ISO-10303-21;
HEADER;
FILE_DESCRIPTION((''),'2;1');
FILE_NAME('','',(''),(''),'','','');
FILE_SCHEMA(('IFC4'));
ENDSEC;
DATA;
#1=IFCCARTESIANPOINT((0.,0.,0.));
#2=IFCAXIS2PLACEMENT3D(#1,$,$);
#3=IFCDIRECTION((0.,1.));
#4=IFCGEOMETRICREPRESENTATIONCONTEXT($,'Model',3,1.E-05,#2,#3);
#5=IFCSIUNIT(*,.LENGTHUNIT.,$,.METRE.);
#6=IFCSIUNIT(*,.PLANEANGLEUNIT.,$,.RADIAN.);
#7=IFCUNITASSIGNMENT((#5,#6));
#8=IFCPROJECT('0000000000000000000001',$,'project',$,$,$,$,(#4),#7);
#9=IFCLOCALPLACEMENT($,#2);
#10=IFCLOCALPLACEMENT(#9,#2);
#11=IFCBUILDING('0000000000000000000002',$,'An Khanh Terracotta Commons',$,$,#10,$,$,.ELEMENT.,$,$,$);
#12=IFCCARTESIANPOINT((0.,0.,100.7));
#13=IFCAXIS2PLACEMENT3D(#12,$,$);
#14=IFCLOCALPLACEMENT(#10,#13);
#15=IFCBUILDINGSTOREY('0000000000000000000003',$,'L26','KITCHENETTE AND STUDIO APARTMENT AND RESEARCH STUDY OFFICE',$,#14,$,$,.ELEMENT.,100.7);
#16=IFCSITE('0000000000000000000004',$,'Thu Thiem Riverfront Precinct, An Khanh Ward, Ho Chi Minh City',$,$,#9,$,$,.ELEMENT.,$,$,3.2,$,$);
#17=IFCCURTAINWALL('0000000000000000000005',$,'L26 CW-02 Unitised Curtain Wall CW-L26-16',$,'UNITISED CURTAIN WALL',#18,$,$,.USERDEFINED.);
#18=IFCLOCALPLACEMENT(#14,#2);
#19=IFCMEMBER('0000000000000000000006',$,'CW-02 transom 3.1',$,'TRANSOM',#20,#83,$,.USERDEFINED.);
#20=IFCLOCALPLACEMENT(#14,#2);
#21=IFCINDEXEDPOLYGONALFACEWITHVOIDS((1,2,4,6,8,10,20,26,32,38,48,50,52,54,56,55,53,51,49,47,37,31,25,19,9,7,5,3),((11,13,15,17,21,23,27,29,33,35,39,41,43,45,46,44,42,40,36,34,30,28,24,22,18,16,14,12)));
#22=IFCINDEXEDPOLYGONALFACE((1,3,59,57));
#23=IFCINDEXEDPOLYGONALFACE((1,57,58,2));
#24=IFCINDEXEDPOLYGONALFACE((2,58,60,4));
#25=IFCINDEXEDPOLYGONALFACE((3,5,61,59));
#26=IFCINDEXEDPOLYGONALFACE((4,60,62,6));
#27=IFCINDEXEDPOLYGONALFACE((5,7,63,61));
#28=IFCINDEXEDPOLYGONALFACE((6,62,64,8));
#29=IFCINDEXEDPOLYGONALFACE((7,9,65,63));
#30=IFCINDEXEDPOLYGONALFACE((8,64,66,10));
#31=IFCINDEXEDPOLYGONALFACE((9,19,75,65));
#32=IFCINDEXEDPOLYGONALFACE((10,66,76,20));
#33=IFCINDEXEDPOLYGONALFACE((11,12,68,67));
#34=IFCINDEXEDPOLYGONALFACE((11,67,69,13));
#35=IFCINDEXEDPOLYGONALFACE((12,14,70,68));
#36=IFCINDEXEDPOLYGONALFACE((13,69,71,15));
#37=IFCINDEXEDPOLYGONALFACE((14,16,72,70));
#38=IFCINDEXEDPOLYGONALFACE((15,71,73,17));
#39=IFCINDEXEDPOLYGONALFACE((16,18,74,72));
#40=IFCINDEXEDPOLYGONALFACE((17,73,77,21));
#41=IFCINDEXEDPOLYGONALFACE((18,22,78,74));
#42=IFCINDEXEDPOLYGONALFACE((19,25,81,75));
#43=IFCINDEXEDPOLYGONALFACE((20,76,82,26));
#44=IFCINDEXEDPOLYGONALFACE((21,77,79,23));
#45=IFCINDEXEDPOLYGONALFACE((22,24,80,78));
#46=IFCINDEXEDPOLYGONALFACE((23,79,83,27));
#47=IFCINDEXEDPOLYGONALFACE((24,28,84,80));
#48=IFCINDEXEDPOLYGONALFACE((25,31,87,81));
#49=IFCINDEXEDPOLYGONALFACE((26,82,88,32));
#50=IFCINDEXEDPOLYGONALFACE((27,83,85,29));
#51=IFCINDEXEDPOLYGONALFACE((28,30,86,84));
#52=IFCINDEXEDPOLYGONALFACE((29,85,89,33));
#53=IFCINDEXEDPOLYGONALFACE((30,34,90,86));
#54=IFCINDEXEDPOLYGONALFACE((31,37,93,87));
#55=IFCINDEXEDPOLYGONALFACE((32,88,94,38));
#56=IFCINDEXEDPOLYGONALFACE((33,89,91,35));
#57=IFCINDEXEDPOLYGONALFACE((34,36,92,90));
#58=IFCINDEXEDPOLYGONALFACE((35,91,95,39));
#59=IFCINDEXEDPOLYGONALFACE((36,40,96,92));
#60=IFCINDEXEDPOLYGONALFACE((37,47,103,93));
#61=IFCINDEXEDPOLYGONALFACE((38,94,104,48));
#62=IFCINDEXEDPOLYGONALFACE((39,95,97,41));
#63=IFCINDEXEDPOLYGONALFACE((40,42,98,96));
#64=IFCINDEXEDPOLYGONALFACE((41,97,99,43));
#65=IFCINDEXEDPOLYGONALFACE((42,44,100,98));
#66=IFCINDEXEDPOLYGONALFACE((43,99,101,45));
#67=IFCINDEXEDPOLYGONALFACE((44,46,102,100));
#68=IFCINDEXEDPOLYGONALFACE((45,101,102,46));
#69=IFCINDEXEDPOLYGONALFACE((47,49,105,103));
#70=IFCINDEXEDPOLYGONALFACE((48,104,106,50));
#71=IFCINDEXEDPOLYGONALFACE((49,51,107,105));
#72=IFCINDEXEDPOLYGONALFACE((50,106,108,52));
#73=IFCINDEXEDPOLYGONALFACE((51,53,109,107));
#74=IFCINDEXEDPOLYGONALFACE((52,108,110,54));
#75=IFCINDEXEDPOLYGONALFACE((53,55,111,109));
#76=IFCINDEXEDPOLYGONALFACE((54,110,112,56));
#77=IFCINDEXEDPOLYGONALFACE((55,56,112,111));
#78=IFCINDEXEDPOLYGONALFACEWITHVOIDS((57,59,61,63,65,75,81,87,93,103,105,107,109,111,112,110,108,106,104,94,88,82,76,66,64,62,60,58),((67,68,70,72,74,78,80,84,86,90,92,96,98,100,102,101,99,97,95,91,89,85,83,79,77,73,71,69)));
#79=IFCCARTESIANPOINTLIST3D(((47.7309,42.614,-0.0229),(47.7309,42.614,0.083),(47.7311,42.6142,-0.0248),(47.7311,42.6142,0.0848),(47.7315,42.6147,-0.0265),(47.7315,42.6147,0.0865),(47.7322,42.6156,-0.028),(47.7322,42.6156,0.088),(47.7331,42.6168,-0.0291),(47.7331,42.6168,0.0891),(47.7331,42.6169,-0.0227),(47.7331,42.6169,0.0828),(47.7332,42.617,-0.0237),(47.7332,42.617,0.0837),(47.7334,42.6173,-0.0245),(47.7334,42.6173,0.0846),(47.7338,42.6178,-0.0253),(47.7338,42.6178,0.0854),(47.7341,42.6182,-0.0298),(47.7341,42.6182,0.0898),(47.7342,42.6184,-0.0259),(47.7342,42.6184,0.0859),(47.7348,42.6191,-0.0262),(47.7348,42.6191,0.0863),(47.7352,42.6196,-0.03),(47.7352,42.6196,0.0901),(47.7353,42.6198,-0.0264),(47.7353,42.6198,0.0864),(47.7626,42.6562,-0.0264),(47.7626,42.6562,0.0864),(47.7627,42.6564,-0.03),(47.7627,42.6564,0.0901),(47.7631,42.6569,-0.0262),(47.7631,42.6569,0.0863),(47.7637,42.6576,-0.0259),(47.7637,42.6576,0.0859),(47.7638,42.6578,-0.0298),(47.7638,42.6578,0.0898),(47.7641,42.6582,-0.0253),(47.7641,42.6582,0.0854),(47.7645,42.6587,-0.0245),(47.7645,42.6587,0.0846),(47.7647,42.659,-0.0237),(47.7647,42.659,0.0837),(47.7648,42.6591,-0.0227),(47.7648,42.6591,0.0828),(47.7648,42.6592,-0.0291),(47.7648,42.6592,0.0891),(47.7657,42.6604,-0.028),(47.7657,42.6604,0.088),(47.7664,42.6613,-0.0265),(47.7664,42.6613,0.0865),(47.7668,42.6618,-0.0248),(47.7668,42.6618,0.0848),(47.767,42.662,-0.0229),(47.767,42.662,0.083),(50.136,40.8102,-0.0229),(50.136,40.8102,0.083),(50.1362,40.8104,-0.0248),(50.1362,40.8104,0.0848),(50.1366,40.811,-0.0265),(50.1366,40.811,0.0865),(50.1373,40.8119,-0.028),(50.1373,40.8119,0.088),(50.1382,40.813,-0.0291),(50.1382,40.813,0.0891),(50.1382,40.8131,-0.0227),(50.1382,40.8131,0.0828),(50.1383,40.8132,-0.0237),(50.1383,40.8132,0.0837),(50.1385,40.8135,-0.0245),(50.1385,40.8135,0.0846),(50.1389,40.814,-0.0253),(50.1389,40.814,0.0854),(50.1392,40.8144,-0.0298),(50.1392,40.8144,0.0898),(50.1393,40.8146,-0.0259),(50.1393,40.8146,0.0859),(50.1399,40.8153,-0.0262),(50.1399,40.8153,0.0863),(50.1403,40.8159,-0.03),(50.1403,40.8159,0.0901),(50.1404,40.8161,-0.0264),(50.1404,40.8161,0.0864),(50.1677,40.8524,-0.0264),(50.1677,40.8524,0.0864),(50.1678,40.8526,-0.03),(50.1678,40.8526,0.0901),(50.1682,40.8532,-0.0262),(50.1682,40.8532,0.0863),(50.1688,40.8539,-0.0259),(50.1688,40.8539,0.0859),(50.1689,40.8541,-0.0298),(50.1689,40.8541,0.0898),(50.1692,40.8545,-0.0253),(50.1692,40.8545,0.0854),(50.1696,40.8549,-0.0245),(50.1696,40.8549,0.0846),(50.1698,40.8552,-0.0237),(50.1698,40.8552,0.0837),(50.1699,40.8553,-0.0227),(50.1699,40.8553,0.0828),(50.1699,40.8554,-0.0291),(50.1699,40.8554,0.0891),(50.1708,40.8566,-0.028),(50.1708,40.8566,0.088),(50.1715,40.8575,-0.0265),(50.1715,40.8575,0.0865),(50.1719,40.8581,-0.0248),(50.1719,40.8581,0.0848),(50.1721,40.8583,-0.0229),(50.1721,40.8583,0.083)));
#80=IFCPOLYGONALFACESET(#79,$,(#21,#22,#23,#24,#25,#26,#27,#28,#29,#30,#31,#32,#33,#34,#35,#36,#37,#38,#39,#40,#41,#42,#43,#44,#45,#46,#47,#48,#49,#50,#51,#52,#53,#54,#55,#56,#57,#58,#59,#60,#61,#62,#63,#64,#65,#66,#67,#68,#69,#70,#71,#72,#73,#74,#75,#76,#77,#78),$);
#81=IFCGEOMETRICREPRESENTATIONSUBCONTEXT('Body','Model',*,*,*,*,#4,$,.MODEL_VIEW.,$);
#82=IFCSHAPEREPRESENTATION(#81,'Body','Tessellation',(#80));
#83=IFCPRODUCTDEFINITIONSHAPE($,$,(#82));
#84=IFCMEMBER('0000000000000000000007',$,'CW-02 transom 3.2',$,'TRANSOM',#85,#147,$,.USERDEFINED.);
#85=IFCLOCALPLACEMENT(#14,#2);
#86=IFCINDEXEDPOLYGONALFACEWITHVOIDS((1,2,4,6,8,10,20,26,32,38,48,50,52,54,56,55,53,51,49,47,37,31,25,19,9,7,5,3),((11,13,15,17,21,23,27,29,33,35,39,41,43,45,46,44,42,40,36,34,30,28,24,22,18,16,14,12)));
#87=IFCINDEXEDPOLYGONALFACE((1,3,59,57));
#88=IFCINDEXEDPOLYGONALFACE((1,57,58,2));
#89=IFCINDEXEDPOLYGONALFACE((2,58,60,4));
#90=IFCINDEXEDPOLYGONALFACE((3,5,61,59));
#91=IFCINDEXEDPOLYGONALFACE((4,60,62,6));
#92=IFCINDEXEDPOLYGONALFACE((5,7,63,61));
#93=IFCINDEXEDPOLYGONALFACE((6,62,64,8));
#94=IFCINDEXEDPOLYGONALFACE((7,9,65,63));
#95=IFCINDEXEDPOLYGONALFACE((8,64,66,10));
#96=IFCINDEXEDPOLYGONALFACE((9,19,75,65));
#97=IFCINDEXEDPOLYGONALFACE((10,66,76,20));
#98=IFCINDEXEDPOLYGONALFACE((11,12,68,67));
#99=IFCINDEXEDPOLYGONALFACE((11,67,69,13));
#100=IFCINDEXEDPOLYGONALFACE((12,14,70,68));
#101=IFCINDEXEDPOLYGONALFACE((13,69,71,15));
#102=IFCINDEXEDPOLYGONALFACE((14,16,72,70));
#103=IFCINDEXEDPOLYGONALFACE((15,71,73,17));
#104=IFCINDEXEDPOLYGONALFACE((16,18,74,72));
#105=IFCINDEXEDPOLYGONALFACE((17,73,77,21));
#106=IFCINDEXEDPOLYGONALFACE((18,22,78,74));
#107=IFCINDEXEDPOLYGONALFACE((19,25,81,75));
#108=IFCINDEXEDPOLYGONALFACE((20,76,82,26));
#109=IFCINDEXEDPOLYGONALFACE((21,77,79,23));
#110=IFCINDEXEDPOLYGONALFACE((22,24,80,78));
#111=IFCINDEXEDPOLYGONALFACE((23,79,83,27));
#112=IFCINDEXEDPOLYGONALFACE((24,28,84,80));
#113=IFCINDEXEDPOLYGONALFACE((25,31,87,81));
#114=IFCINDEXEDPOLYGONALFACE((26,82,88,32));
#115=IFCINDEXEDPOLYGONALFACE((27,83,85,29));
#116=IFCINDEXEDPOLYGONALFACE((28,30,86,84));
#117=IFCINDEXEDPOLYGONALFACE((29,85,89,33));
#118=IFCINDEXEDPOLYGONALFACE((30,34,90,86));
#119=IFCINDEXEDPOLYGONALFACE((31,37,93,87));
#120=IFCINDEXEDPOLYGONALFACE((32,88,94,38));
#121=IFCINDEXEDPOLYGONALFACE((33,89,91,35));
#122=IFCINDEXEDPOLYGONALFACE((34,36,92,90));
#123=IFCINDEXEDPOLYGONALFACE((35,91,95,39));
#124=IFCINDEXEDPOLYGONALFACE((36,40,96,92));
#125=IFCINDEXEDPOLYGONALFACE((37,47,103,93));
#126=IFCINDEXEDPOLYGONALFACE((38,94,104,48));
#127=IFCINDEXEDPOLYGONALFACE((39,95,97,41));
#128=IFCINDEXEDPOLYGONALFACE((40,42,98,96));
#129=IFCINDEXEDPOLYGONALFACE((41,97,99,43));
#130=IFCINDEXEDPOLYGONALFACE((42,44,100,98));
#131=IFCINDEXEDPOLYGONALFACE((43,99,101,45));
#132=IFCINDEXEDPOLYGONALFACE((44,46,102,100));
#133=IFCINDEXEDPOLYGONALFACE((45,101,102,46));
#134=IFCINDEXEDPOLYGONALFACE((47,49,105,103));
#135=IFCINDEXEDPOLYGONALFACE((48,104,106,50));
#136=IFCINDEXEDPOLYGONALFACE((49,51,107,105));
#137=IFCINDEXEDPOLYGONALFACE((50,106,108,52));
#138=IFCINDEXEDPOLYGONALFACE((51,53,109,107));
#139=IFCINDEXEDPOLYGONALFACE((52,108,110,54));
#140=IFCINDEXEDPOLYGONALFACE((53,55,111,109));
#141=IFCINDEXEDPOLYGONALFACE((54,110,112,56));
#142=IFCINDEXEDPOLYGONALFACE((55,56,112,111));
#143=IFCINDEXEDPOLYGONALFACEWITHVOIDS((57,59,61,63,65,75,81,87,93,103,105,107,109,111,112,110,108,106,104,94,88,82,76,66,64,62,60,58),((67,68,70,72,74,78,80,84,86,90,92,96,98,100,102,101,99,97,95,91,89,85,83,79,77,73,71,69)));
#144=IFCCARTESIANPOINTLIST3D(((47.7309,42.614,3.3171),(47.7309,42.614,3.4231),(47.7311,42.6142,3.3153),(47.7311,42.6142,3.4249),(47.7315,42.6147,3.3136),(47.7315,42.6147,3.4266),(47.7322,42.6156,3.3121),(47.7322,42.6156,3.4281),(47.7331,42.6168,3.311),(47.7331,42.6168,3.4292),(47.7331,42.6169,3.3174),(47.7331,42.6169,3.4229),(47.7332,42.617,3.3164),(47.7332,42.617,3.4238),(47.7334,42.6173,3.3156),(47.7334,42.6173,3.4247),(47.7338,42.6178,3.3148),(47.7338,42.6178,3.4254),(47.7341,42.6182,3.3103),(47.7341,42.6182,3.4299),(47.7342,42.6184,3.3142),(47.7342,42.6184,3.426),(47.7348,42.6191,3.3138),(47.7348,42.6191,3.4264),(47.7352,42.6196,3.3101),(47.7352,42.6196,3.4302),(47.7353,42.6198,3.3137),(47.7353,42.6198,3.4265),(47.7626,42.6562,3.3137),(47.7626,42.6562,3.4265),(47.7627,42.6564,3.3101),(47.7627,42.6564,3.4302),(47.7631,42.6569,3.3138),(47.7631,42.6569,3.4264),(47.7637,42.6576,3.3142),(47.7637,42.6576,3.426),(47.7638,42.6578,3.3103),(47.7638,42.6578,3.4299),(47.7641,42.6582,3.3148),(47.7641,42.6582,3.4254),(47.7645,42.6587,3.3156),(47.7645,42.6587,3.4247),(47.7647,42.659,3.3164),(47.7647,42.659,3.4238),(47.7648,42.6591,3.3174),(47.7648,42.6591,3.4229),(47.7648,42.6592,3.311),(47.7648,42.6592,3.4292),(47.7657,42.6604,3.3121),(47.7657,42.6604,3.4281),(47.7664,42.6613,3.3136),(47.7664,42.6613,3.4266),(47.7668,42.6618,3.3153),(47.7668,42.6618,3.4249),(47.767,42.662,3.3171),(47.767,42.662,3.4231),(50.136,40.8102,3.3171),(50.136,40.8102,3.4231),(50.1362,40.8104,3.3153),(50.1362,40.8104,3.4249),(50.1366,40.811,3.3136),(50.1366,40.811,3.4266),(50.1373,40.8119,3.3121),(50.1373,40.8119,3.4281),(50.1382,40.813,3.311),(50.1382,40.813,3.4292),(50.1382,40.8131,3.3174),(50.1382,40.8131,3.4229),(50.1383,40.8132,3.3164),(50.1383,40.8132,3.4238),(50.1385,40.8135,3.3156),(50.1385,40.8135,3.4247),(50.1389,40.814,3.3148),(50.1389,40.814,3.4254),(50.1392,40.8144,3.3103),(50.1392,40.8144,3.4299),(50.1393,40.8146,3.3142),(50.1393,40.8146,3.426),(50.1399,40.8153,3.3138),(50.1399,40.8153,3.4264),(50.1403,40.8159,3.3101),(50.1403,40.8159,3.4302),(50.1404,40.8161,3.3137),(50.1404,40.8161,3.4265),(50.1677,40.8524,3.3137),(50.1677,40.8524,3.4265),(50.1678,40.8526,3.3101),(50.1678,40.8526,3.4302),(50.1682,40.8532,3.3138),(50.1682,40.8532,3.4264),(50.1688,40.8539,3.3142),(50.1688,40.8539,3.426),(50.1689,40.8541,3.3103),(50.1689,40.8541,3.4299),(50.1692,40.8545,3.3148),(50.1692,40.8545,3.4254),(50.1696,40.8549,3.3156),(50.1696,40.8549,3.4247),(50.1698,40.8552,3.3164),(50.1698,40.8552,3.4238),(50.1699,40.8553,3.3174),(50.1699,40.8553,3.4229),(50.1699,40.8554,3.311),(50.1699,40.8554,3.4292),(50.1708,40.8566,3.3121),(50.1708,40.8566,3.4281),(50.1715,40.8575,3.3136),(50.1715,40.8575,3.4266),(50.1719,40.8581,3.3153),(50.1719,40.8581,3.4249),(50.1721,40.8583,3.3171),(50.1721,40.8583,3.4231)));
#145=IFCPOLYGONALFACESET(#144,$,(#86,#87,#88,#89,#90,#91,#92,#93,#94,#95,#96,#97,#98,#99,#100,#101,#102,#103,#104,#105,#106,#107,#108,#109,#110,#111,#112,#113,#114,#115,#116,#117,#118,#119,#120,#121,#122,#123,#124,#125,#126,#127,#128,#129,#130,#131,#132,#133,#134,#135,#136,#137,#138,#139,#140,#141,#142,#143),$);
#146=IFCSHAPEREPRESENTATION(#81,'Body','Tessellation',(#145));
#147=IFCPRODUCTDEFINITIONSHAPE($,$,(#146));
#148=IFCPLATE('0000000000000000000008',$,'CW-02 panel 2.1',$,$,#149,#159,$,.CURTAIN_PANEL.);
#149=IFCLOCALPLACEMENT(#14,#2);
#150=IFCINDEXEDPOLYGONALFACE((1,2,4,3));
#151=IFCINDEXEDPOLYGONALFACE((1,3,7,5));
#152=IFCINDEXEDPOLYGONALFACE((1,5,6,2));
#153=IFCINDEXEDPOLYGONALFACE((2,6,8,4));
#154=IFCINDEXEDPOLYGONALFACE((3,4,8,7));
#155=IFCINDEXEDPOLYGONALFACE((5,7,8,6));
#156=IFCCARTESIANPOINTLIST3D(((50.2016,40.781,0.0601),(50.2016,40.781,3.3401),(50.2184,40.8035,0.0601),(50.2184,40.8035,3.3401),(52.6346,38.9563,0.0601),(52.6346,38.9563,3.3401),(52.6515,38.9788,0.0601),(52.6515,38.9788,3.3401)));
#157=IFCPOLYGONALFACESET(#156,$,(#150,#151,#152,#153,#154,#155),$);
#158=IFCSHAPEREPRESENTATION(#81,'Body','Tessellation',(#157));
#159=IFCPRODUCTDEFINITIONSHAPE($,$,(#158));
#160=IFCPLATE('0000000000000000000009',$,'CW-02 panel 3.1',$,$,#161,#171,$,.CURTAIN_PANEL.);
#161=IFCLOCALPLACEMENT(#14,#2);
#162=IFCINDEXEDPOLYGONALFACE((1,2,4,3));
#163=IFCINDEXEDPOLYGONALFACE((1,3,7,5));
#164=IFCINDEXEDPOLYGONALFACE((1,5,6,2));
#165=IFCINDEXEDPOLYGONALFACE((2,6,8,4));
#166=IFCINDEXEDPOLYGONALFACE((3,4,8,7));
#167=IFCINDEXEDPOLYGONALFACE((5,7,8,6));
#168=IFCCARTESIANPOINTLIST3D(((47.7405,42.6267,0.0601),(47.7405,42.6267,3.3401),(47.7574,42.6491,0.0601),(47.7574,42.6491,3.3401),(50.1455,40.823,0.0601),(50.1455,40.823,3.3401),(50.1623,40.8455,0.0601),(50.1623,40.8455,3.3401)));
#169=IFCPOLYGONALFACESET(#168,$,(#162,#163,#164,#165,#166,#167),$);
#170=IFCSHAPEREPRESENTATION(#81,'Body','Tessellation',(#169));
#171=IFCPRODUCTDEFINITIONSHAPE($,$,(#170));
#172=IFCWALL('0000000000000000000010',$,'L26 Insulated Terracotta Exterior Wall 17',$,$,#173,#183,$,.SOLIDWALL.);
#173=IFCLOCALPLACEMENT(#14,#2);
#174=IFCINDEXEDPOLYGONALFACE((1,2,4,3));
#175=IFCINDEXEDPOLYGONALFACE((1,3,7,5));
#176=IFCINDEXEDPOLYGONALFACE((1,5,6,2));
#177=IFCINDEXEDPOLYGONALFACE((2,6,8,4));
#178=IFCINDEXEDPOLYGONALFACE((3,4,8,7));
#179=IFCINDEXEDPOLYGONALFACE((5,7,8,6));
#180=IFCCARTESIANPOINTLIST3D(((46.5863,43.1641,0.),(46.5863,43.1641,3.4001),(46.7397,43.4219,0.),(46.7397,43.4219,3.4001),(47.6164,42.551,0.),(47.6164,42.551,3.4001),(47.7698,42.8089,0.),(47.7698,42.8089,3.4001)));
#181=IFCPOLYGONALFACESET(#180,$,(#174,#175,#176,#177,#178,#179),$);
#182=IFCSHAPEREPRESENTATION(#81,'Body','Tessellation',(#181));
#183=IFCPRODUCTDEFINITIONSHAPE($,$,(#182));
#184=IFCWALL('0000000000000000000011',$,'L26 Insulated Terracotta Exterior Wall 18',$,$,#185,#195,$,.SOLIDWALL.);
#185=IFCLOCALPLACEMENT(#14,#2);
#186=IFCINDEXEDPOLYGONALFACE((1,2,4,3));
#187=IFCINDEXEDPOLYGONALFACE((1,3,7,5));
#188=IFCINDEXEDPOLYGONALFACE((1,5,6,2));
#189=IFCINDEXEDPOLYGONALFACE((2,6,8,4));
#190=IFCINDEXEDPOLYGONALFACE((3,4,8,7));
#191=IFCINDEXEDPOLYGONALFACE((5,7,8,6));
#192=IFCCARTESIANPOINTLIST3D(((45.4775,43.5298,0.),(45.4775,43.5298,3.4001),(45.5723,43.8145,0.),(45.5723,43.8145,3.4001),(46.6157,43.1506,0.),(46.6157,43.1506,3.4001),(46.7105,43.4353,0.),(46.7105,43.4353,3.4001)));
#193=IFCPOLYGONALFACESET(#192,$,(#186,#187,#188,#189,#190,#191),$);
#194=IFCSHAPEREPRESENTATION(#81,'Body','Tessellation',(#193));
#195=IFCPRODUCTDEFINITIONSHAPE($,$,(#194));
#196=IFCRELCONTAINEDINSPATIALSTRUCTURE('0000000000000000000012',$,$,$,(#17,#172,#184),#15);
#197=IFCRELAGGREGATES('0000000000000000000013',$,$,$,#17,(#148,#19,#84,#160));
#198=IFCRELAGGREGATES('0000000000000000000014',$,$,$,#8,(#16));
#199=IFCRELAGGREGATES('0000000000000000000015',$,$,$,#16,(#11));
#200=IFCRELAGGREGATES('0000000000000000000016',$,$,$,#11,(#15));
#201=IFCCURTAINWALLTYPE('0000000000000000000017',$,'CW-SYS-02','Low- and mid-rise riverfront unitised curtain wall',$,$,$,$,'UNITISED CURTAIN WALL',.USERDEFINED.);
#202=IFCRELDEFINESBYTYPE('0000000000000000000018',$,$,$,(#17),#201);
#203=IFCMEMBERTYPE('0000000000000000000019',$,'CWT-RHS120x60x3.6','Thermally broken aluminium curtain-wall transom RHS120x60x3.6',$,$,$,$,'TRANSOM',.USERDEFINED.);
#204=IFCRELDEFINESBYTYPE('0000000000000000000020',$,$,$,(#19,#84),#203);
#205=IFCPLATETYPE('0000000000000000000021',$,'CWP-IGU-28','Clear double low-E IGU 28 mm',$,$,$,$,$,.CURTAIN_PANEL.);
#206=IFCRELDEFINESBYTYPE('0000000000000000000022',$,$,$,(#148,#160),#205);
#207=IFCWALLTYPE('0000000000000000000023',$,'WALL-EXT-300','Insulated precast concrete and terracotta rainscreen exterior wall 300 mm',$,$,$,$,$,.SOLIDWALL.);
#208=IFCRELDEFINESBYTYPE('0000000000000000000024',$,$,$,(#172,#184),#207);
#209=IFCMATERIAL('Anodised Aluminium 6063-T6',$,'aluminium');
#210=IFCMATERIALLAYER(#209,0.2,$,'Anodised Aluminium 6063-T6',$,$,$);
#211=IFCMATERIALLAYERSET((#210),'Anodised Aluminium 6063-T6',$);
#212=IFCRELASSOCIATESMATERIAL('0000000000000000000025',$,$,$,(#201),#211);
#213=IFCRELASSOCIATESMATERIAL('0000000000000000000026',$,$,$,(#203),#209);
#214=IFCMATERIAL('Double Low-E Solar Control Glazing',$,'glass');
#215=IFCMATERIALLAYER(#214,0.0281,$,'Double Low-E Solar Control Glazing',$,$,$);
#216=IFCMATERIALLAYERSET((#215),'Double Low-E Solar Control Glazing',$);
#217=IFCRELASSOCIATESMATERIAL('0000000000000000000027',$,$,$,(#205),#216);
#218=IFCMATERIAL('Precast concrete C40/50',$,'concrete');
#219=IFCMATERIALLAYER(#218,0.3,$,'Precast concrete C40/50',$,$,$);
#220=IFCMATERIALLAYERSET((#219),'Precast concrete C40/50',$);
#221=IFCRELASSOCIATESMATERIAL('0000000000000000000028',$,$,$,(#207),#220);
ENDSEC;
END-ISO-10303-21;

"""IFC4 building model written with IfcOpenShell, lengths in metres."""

from ifc_helpers import new_model, si_unit, direction, frame, frame_2d, origin, origin_2d, place, context, subcontext, project, spatial, rectangle, hollow_rectangle, extrude, material, layer, layer_set, material_profile, profile_set, type_object, element, aggregate, save


model = new_model("IFC4")

# Units and contexts
model_context = context("Model", 3, precision=1e-05, world=origin(), true_north=direction((0.0, 1.0)))
body_context = subcontext(model_context, "Body", "Model", "MODEL_VIEW")
ifc_project = project(units=[si_unit("LENGTHUNIT", "METRE"), si_unit("PLANEANGLEUNIT", "RADIAN")], contexts=[model_context])

# Site, building, storey
site_placement = place(None, origin())
site = spatial("IfcSite", under=ifc_project, at=site_placement, Name="Thu Thiem Riverfront Precinct, An Khanh Ward, Ho Chi Minh City", CompositionType="ELEMENT", RefElevation=3.2)
building_placement = place(site_placement, origin())
building = spatial("IfcBuilding", under=site, at=building_placement, Name="An Khanh Terracotta Commons", CompositionType="ELEMENT")
storey_placement = place(building_placement, frame((0.0, 0.0, 100.7)))
storey = spatial("IfcBuildingStorey", under=building, at=storey_placement, Name="L26", Description="KITCHENETTE AND STUDIO APARTMENT AND RESEARCH STUDY OFFICE", CompositionType="ELEMENT", Elevation=100.7)

# Curtain wall, members, plates
ifc_material_1 = material(Name="Anodised Aluminium 6063-T6", Category="aluminium")
ifc_layer_1 = layer(ifc_material_1, 0.2, Name="Anodised Aluminium 6063-T6")
ifc_layer_set_1 = layer_set([ifc_layer_1], Name="Anodised Aluminium 6063-T6")
curtain_wall_type = type_object("IfcCurtainWallType", Name="CW-SYS-02", Description="Low- and mid-rise riverfront unitised curtain wall", ElementType="UNITISED CURTAIN WALL", PredefinedType="USERDEFINED", material=ifc_layer_set_1)
curtain_wall_placement = place(storey_placement, origin())
curtain_wall = element("IfcCurtainWall", 1, at=curtain_wall_placement, inside=storey, type_object=curtain_wall_type, Name="L26 CW-02 Unitised Curtain Wall CW-L26-16", ObjectType="UNITISED CURTAIN WALL", PredefinedType="USERDEFINED")
ifc_material_profile_1 = material_profile(ifc_material_1, hollow_rectangle(XDim=0.0601, YDim=0.1201, WallThickness=0.0037, InnerFilletRadius=0.0037, OuterFilletRadius=0.0071, at=origin_2d()), Name="RHS120x60x3.6")
ifc_profile_set_1 = profile_set([ifc_material_profile_1], Name="Anodised Aluminium 6063-T6")
member_type_1 = type_object("IfcMemberType", Name="CWT-RHS120x60x3.6", Description="Thermally broken aluminium curtain-wall transom RHS120x60x3.6", ElementType="TRANSOM", PredefinedType="USERDEFINED", material=ifc_profile_set_1)
member_1_placement = place(storey_placement, frame((50.1541, 40.8342, 0.03), z_axis=(-0.80001, 0.599987, 0.0), x_axis=(-0.599987, -0.80001, 0.0)))
member_1 = element("IfcMember", 2, at=member_1_placement, type_object=member_type_1, Name="CW-02 transom 3.1", ObjectType="TRANSOM", PredefinedType="USERDEFINED", context=body_context, shape_type="SweptSolid", body=[
    extrude(hollow_rectangle(XDim=0.0601, YDim=0.1201, WallThickness=0.0037, InnerFilletRadius=0.0037, OuterFilletRadius=0.0071, at=origin_2d()), origin(), (0.0, 0.0, 1.0), 3.0063),
])
member_2_placement = place(storey_placement, frame((50.1541, 40.8342, 3.3701), z_axis=(-0.80001, 0.599987, 0.0), x_axis=(-0.599987, -0.80001, 0.0)))
member_2 = element("IfcMember", 3, at=member_2_placement, type_object=member_type_1, Name="CW-02 transom 3.2", ObjectType="TRANSOM", PredefinedType="USERDEFINED", context=body_context, shape_type="SweptSolid", body=[
    extrude(hollow_rectangle(XDim=0.0601, YDim=0.1201, WallThickness=0.0037, InnerFilletRadius=0.0037, OuterFilletRadius=0.0071, at=origin_2d()), origin(), (0.0, 0.0, 1.0), 3.0063),
])
ifc_material_2 = material(Name="Double Low-E Solar Control Glazing", Category="glass")
ifc_layer_2 = layer(ifc_material_2, 0.0281, Name="Double Low-E Solar Control Glazing")
ifc_layer_set_2 = layer_set([ifc_layer_2], Name="Double Low-E Solar Control Glazing")
plate_type = type_object("IfcPlateType", Name="CWP-IGU-28", Description="Clear double low-E IGU 28 mm", PredefinedType="CURTAIN_PANEL", material=ifc_layer_set_2)
plate_1_placement = place(storey_placement, frame((51.4265, 39.8799, 0.0601), z_axis=(0.0, 0.0, 1.0), x_axis=(-0.800013, 0.599983, 0.0)))
plate_1 = element("IfcPlate", 4, at=plate_1_placement, type_object=plate_type, Name="CW-02 panel 2.1", PredefinedType="CURTAIN_PANEL", context=body_context, shape_type="SweptSolid", body=[
    extrude(rectangle(XDim=3.0413, YDim=0.0281, at=origin_2d()), origin(), (0.0, 0.0, 1.0), 3.28),
])
plate_2_placement = place(storey_placement, frame((48.9514, 41.7361, 0.0601), z_axis=(0.0, 0.0, 1.0), x_axis=(-0.800013, 0.599983, 0.0)))
plate_2 = element("IfcPlate", 5, at=plate_2_placement, type_object=plate_type, Name="CW-02 panel 3.1", PredefinedType="CURTAIN_PANEL", context=body_context, shape_type="SweptSolid", body=[
    extrude(rectangle(XDim=3.0061, YDim=0.0281, at=origin_2d()), origin(), (0.0, 0.0, 1.0), 3.28),
])
aggregate(curtain_wall, [plate_1, member_1, member_2, plate_2])

# Walls
ifc_material_3 = material(Name="Precast concrete C40/50", Category="concrete")
ifc_layer_3 = layer(ifc_material_3, 0.3, Name="Precast concrete C40/50")
ifc_layer_set_3 = layer_set([ifc_layer_3], Name="Precast concrete C40/50")
wall_type = type_object("IfcWallType", Name="WALL-EXT-300", Description="Insulated precast concrete and terracotta rainscreen exterior wall 300 mm", PredefinedType="SOLIDWALL", material=ifc_layer_set_3)
wall_1_placement = place(storey_placement, frame((47.6931, 42.6799, 0.0), z_axis=(0.0, 0.0, 1.0), x_axis=(-0.859321, 0.511437, 0.0)))
element("IfcWall", 6, at=wall_1_placement, inside=storey, type_object=wall_type, Name="L26 Insulated Terracotta Exterior Wall 17", PredefinedType="SOLIDWALL", context=body_context, shape_type="SweptSolid", body=[
    extrude(rectangle(XDim=1.1987, YDim=0.3, at=frame_2d((0.5994, 0.0))), origin(), (0.0, 0.0, 1.0), 3.4001),
])
wall_2_placement = place(storey_placement, frame((46.6631, 43.293, 0.0), z_axis=(0.0, 0.0, 1.0), x_axis=(-0.948744, 0.316045, 0.0)))
element("IfcWall", 7, at=wall_2_placement, inside=storey, type_object=wall_type, Name="L26 Insulated Terracotta Exterior Wall 18", PredefinedType="SOLIDWALL", context=body_context, shape_type="SweptSolid", body=[
    extrude(rectangle(XDim=1.1997, YDim=0.3, at=frame_2d((0.5999, 0.0))), origin(), (0.0, 0.0, 1.0), 3.4001),
])

save(model, "model.ifc")
